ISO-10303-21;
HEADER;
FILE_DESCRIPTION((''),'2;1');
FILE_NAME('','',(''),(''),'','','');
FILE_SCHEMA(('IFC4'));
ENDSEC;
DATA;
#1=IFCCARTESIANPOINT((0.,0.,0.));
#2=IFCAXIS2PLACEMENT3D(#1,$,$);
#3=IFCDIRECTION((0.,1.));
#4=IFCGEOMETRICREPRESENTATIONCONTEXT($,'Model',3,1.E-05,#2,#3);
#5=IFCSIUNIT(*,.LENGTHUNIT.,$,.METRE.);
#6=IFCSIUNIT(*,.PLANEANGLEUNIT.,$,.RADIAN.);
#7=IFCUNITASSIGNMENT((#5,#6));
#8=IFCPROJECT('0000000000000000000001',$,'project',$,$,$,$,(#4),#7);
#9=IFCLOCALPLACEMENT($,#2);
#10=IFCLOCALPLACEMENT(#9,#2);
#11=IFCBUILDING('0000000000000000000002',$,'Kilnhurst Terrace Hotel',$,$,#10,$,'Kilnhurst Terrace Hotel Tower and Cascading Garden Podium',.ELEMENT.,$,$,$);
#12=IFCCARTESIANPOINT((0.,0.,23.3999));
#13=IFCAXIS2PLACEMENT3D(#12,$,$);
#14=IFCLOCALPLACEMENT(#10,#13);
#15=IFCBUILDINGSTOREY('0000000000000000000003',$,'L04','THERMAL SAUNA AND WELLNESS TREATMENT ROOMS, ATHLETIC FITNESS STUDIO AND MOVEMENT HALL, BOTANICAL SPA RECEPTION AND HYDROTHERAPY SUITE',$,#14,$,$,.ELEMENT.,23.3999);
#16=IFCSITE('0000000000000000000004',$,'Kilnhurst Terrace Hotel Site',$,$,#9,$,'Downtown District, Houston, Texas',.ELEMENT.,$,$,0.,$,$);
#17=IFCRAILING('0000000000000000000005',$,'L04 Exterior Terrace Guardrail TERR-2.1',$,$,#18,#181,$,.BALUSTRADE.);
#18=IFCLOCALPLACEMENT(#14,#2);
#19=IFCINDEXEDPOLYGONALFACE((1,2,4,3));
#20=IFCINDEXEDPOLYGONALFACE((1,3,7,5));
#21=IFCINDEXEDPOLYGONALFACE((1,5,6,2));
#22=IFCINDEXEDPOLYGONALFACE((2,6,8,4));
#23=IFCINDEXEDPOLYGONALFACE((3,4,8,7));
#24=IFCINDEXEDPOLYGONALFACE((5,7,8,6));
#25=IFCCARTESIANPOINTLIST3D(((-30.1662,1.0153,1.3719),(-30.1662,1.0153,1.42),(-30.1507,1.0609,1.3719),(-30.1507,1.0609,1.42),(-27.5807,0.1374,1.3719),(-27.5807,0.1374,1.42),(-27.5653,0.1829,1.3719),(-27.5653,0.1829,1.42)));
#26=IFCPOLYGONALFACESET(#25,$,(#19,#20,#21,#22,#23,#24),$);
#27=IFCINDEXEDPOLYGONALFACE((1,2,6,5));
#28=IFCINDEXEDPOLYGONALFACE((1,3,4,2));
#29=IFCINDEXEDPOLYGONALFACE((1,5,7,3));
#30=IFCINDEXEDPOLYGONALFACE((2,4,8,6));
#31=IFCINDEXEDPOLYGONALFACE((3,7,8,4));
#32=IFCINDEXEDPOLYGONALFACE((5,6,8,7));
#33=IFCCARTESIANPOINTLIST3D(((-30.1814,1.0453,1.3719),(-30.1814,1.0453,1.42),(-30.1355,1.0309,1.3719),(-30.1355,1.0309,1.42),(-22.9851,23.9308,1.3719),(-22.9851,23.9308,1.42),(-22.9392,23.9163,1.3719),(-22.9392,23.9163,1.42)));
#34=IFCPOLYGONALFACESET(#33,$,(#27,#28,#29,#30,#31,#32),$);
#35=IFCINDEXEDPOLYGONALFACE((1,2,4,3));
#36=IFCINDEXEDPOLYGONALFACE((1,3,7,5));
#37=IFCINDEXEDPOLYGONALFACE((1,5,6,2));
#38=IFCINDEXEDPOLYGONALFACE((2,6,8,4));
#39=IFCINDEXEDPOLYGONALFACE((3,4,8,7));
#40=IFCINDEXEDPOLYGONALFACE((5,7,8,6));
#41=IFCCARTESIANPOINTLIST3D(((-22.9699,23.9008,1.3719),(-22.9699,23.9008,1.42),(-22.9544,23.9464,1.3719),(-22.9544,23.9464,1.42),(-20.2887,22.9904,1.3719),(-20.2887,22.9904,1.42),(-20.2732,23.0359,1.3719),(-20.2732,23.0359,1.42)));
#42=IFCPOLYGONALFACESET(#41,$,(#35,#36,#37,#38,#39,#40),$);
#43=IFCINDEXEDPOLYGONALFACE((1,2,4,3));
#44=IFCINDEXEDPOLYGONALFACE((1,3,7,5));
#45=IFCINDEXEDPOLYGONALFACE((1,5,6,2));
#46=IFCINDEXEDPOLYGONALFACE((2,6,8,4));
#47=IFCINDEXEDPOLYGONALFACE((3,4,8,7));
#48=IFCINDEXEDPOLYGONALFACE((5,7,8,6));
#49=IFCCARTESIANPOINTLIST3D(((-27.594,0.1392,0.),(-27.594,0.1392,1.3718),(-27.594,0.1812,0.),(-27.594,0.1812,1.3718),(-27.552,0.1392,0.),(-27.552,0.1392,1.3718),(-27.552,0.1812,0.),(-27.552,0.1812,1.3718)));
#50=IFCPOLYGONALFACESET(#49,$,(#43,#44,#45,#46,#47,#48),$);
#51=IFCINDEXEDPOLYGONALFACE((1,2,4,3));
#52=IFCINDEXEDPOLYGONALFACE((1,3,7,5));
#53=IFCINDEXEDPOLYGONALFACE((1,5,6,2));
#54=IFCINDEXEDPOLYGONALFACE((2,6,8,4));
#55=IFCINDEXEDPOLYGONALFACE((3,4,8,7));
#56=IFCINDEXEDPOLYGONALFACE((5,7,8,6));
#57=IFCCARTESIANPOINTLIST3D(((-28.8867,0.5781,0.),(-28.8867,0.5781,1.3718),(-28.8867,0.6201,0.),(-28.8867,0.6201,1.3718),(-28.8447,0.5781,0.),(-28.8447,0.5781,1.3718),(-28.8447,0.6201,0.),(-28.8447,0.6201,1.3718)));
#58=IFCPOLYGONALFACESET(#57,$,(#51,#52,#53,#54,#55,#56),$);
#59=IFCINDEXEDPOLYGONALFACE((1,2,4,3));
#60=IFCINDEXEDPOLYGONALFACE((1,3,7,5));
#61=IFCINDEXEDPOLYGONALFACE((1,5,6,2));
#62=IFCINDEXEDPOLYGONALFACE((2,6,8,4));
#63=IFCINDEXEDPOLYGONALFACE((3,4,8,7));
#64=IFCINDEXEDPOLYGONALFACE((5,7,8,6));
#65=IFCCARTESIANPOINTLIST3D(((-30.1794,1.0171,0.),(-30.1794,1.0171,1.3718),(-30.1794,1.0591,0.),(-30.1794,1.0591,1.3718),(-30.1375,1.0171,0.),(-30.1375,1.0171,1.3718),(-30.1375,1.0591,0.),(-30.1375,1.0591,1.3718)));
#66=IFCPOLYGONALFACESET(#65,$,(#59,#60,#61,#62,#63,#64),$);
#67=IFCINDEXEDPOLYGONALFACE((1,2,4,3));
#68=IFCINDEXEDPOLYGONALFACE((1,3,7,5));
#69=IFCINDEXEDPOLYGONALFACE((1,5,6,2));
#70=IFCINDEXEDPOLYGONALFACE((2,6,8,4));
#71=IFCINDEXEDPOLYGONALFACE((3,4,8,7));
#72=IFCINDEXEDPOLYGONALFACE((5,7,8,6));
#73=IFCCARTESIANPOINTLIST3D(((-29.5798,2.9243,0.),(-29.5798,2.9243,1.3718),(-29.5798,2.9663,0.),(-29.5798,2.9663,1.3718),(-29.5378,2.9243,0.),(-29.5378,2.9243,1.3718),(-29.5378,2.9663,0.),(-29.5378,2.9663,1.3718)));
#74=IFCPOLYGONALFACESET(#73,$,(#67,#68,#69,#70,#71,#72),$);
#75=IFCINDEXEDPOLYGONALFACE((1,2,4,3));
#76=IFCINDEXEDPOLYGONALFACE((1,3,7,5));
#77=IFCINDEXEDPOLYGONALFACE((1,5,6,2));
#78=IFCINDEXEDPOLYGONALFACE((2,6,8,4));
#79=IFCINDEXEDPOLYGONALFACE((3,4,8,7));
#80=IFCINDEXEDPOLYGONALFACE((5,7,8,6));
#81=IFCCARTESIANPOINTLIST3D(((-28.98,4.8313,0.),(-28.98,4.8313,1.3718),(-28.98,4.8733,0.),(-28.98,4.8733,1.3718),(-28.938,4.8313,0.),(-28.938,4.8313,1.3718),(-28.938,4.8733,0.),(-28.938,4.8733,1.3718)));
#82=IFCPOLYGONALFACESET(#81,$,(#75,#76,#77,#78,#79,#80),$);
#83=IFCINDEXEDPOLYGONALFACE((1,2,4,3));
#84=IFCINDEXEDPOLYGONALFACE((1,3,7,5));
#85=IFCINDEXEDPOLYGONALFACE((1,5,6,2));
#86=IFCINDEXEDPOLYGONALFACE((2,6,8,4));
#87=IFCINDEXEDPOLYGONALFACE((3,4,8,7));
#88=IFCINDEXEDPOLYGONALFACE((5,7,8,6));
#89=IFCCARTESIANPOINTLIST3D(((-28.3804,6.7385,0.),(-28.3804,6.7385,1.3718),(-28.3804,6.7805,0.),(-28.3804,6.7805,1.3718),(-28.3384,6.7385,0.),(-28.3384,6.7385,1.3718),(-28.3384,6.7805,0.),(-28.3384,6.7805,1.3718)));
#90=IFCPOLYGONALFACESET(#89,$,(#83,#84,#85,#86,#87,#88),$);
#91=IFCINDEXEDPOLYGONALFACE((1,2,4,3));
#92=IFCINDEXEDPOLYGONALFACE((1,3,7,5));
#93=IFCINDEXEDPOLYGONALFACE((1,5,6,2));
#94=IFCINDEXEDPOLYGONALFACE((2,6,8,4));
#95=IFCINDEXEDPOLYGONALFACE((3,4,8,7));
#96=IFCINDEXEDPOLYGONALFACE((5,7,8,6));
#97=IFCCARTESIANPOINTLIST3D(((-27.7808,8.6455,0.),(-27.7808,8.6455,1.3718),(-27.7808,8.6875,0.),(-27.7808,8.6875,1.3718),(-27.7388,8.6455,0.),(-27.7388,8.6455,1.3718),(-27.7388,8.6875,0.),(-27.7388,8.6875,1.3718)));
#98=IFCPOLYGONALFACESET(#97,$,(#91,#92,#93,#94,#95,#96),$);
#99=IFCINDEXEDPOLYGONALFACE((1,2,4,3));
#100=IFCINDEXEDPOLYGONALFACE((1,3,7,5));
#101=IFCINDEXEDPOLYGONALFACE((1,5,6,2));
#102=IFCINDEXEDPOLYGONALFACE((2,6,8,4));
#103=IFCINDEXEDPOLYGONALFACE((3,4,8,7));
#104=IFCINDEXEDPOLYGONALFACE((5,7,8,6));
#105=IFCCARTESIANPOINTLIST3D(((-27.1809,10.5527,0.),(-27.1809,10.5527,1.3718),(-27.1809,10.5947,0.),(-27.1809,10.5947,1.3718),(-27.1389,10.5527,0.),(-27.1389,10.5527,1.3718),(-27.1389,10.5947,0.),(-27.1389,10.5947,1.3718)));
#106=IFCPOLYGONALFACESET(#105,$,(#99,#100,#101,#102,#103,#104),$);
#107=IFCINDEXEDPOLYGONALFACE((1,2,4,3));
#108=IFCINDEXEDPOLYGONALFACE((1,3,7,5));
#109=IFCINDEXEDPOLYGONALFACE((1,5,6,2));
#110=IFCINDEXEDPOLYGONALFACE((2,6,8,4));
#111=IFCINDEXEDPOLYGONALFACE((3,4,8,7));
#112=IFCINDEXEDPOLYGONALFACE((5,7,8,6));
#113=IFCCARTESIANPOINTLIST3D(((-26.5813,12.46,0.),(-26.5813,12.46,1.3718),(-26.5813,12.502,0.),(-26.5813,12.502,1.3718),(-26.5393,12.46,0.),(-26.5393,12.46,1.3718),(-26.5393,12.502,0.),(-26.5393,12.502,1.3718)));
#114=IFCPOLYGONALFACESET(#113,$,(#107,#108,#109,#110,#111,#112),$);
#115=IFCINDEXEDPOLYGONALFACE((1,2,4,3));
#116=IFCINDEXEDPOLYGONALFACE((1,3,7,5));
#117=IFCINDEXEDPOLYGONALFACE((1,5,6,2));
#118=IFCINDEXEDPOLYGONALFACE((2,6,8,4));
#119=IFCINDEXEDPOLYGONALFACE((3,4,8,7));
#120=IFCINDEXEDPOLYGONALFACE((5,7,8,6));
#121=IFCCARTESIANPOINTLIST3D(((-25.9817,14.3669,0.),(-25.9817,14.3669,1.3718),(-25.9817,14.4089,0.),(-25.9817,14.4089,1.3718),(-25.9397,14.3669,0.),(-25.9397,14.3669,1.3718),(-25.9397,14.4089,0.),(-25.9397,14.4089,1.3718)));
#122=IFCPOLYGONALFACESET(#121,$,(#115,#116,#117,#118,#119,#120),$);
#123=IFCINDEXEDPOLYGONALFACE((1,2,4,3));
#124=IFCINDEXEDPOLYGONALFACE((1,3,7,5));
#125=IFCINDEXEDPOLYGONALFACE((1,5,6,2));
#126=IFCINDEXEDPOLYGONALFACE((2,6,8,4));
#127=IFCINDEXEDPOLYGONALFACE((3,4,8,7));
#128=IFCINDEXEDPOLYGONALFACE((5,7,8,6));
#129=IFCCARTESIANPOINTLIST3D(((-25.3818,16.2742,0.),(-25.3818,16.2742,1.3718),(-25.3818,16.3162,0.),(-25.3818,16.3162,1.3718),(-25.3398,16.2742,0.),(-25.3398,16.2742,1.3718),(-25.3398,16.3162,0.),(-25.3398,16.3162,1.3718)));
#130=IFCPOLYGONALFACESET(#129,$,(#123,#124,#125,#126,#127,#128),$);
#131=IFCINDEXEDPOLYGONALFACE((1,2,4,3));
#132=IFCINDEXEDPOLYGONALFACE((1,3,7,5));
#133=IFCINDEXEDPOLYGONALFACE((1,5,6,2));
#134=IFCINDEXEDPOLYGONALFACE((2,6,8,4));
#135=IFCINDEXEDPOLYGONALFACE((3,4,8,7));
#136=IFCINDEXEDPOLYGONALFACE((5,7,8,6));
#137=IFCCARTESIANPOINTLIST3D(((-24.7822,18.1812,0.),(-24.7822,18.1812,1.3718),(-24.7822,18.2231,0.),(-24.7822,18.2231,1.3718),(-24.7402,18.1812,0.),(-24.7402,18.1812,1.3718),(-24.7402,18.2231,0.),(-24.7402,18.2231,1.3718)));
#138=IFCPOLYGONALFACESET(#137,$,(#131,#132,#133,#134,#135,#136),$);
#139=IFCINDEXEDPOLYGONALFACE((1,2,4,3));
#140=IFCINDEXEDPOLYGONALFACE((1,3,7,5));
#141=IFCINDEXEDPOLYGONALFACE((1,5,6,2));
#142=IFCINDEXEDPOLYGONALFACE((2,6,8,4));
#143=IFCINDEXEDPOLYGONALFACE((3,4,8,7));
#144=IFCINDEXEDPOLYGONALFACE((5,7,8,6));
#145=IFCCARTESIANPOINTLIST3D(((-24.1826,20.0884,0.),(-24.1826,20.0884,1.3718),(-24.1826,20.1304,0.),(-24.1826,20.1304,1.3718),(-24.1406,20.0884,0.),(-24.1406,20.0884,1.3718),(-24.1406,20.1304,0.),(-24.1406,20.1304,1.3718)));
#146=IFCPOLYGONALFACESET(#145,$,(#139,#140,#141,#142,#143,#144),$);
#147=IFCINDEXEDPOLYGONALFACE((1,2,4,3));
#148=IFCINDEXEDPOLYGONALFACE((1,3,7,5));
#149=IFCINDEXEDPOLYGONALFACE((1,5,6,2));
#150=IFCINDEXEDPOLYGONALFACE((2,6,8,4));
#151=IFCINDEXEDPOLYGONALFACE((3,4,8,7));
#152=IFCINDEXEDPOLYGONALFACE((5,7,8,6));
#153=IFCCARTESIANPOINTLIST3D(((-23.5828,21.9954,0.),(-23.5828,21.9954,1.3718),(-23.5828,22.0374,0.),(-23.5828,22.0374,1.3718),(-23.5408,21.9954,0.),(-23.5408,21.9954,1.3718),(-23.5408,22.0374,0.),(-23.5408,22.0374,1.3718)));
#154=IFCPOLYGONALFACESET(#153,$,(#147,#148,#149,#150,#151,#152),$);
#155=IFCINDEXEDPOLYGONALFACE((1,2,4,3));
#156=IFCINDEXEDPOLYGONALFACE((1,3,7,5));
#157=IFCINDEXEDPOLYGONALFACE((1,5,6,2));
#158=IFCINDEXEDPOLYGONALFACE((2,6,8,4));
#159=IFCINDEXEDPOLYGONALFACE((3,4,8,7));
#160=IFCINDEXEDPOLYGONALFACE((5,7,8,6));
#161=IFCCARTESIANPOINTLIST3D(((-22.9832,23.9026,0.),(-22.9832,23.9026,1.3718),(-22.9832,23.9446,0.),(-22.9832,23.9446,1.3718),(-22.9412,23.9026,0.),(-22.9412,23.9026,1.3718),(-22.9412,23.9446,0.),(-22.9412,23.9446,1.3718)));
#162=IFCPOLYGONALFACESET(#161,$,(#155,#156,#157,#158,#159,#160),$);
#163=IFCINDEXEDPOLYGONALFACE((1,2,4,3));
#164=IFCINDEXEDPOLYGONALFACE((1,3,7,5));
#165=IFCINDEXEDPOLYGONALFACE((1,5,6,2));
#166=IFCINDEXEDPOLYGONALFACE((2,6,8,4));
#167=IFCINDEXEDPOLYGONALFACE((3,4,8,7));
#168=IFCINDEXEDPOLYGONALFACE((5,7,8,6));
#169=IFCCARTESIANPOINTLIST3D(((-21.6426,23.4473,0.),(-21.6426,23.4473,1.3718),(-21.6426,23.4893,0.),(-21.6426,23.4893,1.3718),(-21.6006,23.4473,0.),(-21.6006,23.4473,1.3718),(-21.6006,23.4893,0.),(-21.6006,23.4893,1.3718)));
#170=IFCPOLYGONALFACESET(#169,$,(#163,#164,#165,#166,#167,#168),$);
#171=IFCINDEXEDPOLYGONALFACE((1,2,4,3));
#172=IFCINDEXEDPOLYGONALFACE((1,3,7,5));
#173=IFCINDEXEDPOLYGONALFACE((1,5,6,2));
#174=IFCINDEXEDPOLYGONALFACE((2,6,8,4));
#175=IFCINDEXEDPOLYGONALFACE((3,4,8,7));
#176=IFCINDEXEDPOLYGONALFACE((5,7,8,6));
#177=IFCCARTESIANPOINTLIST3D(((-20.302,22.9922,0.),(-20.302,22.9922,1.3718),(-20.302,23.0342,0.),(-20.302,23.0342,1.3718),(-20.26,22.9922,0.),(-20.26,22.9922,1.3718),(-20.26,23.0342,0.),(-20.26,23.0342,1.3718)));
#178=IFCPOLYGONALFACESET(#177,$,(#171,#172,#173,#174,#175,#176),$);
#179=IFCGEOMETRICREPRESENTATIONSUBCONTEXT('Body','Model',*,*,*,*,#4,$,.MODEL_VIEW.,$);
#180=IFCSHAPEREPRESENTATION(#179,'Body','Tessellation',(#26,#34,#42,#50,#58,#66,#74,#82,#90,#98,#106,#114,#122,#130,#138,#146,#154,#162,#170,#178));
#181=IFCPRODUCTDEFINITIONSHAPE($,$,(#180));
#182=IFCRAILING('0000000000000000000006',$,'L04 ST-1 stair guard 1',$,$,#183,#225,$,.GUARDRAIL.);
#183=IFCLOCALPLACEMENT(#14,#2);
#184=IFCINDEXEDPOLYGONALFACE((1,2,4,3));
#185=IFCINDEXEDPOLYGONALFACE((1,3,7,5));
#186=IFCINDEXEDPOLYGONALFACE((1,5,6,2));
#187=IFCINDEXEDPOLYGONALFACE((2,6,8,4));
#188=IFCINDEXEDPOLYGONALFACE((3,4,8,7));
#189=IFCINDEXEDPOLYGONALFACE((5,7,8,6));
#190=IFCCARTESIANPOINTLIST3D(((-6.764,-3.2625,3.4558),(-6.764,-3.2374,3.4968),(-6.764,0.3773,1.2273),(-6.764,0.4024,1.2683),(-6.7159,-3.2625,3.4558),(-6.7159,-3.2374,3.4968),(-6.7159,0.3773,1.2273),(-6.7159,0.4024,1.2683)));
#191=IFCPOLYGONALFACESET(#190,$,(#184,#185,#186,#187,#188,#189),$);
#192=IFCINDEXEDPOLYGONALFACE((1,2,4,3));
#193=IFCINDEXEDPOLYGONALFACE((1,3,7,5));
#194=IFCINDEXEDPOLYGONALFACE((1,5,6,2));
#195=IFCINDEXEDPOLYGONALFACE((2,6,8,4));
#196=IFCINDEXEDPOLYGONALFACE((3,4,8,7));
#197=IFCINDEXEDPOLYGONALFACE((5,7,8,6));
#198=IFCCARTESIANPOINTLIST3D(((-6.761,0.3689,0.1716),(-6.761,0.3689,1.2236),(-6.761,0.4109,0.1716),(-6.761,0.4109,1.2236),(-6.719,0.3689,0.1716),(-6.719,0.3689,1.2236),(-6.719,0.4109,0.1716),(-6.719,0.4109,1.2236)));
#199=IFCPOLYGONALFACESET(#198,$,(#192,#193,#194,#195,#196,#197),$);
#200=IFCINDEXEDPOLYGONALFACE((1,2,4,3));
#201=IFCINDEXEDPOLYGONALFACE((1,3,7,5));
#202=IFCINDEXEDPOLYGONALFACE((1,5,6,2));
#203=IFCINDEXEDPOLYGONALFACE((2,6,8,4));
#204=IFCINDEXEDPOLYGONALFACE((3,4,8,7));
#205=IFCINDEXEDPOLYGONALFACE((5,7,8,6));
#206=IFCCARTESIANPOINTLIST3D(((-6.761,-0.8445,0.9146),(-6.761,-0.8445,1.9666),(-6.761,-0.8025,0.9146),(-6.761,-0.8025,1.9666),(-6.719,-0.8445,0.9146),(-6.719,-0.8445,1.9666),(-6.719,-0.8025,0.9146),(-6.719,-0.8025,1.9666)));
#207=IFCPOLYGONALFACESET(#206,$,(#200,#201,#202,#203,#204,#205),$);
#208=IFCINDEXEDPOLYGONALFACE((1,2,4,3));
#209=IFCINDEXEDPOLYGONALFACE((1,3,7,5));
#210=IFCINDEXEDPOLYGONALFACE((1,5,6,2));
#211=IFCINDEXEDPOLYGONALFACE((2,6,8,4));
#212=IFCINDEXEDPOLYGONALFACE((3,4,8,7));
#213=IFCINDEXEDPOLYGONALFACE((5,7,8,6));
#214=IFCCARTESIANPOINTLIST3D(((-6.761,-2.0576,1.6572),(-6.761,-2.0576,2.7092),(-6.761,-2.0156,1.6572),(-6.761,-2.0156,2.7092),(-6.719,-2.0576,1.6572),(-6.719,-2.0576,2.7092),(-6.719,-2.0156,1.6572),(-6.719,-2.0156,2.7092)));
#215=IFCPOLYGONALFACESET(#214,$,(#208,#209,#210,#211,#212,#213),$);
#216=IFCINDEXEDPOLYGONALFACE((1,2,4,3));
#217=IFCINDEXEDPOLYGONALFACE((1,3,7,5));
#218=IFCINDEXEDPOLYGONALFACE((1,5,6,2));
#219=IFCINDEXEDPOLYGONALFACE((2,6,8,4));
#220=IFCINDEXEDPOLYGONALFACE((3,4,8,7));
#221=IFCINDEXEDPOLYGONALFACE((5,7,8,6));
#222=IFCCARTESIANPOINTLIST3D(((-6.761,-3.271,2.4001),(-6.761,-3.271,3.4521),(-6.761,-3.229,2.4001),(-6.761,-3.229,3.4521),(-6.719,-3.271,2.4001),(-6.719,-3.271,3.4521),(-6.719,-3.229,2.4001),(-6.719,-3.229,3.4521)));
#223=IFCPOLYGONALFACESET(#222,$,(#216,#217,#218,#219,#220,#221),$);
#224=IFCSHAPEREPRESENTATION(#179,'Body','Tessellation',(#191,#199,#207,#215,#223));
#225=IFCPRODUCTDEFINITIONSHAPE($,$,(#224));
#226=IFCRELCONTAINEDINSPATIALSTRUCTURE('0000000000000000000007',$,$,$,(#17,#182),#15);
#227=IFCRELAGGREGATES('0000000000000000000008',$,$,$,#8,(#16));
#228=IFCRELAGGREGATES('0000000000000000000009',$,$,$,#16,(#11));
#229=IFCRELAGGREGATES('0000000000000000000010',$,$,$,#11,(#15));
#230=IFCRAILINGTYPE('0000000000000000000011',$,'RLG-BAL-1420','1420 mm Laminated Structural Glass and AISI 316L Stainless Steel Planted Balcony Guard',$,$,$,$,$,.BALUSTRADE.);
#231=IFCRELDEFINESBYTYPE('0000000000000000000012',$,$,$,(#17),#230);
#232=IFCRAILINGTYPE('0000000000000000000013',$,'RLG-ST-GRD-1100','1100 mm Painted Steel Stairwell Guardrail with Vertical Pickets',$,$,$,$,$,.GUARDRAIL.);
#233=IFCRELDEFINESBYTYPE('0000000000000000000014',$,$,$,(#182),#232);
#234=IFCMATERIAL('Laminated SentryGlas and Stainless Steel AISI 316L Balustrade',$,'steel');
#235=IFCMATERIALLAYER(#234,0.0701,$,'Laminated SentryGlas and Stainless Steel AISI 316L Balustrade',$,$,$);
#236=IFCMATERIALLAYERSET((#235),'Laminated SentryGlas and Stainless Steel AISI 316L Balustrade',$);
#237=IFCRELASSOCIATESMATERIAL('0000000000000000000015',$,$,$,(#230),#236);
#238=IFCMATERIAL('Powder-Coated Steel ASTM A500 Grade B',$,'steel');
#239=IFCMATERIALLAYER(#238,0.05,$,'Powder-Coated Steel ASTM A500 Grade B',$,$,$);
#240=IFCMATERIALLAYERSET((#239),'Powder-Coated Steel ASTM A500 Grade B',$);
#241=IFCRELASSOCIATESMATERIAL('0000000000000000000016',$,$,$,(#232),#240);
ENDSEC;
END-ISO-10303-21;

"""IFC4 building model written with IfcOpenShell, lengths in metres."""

from ifc_helpers import new_model, si_unit, direction, frame, origin, origin_2d, place, context, subcontext, project, spatial, rectangle, extrude, material, layer, layer_set, type_object, element, save


model = new_model("IFC4")

# Units and contexts
model_context = context("Model", 3, precision=1e-05, world=origin(), true_north=direction((0.0, 1.0)))
body_context = subcontext(model_context, "Body", "Model", "MODEL_VIEW")
ifc_project = project(units=[si_unit("LENGTHUNIT", "METRE"), si_unit("PLANEANGLEUNIT", "RADIAN")], contexts=[model_context])

# Site, building, storey
site_placement = place(None, origin())
site = spatial("IfcSite", under=ifc_project, at=site_placement, Name="Kilnhurst Terrace Hotel Site", LongName="Downtown District, Houston, Texas", CompositionType="ELEMENT", RefElevation=0.0)
building_placement = place(site_placement, origin())
building = spatial("IfcBuilding", under=site, at=building_placement, Name="Kilnhurst Terrace Hotel", LongName="Kilnhurst Terrace Hotel Tower and Cascading Garden Podium", CompositionType="ELEMENT")
storey_placement = place(building_placement, frame((0.0, 0.0, 23.3999)))
storey = spatial("IfcBuildingStorey", under=building, at=storey_placement, Name="L04", Description="THERMAL SAUNA AND WELLNESS TREATMENT ROOMS, ATHLETIC FITNESS STUDIO AND MOVEMENT HALL, BOTANICAL SPA RECEPTION AND HYDROTHERAPY SUITE", CompositionType="ELEMENT", Elevation=23.3999)

# Railings
ifc_material_1 = material(Name="Laminated SentryGlas and Stainless Steel AISI 316L Balustrade", Category="steel")
ifc_layer_1 = layer(ifc_material_1, 0.0701, Name="Laminated SentryGlas and Stainless Steel AISI 316L Balustrade")
ifc_layer_set_1 = layer_set([ifc_layer_1], Name="Laminated SentryGlas and Stainless Steel AISI 316L Balustrade")
railing_type_1 = type_object("IfcRailingType", Name="RLG-BAL-1420", Description="1420 mm Laminated Structural Glass and AISI 316L Stainless Steel Planted Balcony Guard", PredefinedType="BALUSTRADE", material=ifc_layer_set_1)
railing_1_placement = place(storey_placement, frame((-27.573, 0.1602, 0.0)))
element("IfcRailing", 1, at=railing_1_placement, inside=storey, type_object=railing_type_1, Name="L04 Exterior Terrace Guardrail TERR-2.1", PredefinedType="BALUSTRADE", context=body_context, shape_type="SweptSolid", body=[
    extrude(rectangle(XDim=0.0481, YDim=0.0481, at=origin_2d()), frame((0.0, 0.0, 1.396), z_axis=(-0.946898, 0.321534, 0.0), x_axis=(-0.321534, -0.946898, 0.0)), (0.0, 0.0, 1.0), 2.7305),
    extrude(rectangle(XDim=0.0481, YDim=0.0481, at=origin_2d()), frame((-2.5854, 0.8779, 1.396), z_axis=(0.299967, 0.95395, 0.0), x_axis=(-0.95395, 0.299967, 0.0)), (0.0, 0.0, 1.0), 23.9902),
    extrude(rectangle(XDim=0.0481, YDim=0.0481, at=origin_2d()), frame((4.6108, 23.7634, 1.396), z_axis=(0.946901, -0.321526, 0.0), x_axis=(0.321526, 0.946901, 0.0)), (0.0, 0.0, 1.0), 2.8315),
    extrude(rectangle(XDim=0.042, YDim=0.042, at=origin_2d()), origin(), (0.0, 0.0, 1.0), 1.3718),
    extrude(rectangle(XDim=0.042, YDim=0.042, at=origin_2d()), frame((-1.2927, 0.439, 0.0)), (0.0, 0.0, 1.0), 1.3718),
    extrude(rectangle(XDim=0.042, YDim=0.042, at=origin_2d()), frame((-2.5854, 0.8779, 0.0)), (0.0, 0.0, 1.0), 1.3718),
    extrude(rectangle(XDim=0.042, YDim=0.042, at=origin_2d()), frame((-1.9858, 2.7852, 0.0)), (0.0, 0.0, 1.0), 1.3718),
    extrude(rectangle(XDim=0.042, YDim=0.042, at=origin_2d()), frame((-1.386, 4.6921, 0.0)), (0.0, 0.0, 1.0), 1.3718),
    extrude(rectangle(XDim=0.042, YDim=0.042, at=origin_2d()), frame((-0.7864, 6.5994, 0.0)), (0.0, 0.0, 1.0), 1.3718),
    extrude(rectangle(XDim=0.042, YDim=0.042, at=origin_2d()), frame((-0.1868, 8.5063, 0.0)), (0.0, 0.0, 1.0), 1.3718),
    extrude(rectangle(XDim=0.042, YDim=0.042, at=origin_2d()), frame((0.4131, 10.4136, 0.0)), (0.0, 0.0, 1.0), 1.3718),
    extrude(rectangle(XDim=0.042, YDim=0.042, at=origin_2d()), frame((1.0127, 12.3208, 0.0)), (0.0, 0.0, 1.0), 1.3718),
    extrude(rectangle(XDim=0.042, YDim=0.042, at=origin_2d()), frame((1.6123, 14.2278, 0.0)), (0.0, 0.0, 1.0), 1.3718),
    extrude(rectangle(XDim=0.042, YDim=0.042, at=origin_2d()), frame((2.2122, 16.135, 0.0)), (0.0, 0.0, 1.0), 1.3718),
    extrude(rectangle(XDim=0.042, YDim=0.042, at=origin_2d()), frame((2.8118, 18.042, 0.0)), (0.0, 0.0, 1.0), 1.3718),
    extrude(rectangle(XDim=0.042, YDim=0.042, at=origin_2d()), frame((3.4114, 19.9492, 0.0)), (0.0, 0.0, 1.0), 1.3718),
    extrude(rectangle(XDim=0.042, YDim=0.042, at=origin_2d()), frame((4.0112, 21.8562, 0.0)), (0.0, 0.0, 1.0), 1.3718),
    extrude(rectangle(XDim=0.042, YDim=0.042, at=origin_2d()), frame((4.6108, 23.7634, 0.0)), (0.0, 0.0, 1.0), 1.3718),
    extrude(rectangle(XDim=0.042, YDim=0.042, at=origin_2d()), frame((5.9514, 23.3081, 0.0)), (0.0, 0.0, 1.0), 1.3718),
    extrude(rectangle(XDim=0.042, YDim=0.042, at=origin_2d()), frame((7.292, 22.853, 0.0)), (0.0, 0.0, 1.0), 1.3718),
])
ifc_material_2 = material(Name="Powder-Coated Steel ASTM A500 Grade B", Category="steel")
ifc_layer_2 = layer(ifc_material_2, 0.05, Name="Powder-Coated Steel ASTM A500 Grade B")
ifc_layer_set_2 = layer_set([ifc_layer_2], Name="Powder-Coated Steel ASTM A500 Grade B")
railing_type_2 = type_object("IfcRailingType", Name="RLG-ST-GRD-1100", Description="1100 mm Painted Steel Stairwell Guardrail with Vertical Pickets", PredefinedType="GUARDRAIL", material=ifc_layer_set_2)
railing_2_placement = place(storey_placement, frame((-6.74, 0.3899, 0.1716)))
element("IfcRailing", 2, at=railing_2_placement, inside=storey, type_object=railing_type_2, Name="L04 ST-1 stair guard 1", PredefinedType="GUARDRAIL", context=body_context, shape_type="SweptSolid", body=[
    extrude(rectangle(XDim=0.0481, YDim=0.0481, at=origin_2d()), frame((0.0, 0.0, 1.0762), z_axis=(0.0, -0.85285, 0.522156), x_axis=(1.0, 0.0, 0.0)), (0.0, 0.0, 1.0), 4.2678),
    extrude(rectangle(XDim=0.042, YDim=0.042, at=origin_2d()), origin(), (0.0, 0.0, 1.0), 1.052),
    extrude(rectangle(XDim=0.042, YDim=0.042, at=origin_2d()), frame((0.0, -1.2134, 0.7429)), (0.0, 0.0, 1.0), 1.052),
    extrude(rectangle(XDim=0.042, YDim=0.042, at=origin_2d()), frame((0.0, -2.4265, 1.4856)), (0.0, 0.0, 1.0), 1.052),
    extrude(rectangle(XDim=0.042, YDim=0.042, at=origin_2d()), frame((0.0, -3.6399, 2.2285)), (0.0, 0.0, 1.0), 1.052),
])

save(model, "model.ifc")
